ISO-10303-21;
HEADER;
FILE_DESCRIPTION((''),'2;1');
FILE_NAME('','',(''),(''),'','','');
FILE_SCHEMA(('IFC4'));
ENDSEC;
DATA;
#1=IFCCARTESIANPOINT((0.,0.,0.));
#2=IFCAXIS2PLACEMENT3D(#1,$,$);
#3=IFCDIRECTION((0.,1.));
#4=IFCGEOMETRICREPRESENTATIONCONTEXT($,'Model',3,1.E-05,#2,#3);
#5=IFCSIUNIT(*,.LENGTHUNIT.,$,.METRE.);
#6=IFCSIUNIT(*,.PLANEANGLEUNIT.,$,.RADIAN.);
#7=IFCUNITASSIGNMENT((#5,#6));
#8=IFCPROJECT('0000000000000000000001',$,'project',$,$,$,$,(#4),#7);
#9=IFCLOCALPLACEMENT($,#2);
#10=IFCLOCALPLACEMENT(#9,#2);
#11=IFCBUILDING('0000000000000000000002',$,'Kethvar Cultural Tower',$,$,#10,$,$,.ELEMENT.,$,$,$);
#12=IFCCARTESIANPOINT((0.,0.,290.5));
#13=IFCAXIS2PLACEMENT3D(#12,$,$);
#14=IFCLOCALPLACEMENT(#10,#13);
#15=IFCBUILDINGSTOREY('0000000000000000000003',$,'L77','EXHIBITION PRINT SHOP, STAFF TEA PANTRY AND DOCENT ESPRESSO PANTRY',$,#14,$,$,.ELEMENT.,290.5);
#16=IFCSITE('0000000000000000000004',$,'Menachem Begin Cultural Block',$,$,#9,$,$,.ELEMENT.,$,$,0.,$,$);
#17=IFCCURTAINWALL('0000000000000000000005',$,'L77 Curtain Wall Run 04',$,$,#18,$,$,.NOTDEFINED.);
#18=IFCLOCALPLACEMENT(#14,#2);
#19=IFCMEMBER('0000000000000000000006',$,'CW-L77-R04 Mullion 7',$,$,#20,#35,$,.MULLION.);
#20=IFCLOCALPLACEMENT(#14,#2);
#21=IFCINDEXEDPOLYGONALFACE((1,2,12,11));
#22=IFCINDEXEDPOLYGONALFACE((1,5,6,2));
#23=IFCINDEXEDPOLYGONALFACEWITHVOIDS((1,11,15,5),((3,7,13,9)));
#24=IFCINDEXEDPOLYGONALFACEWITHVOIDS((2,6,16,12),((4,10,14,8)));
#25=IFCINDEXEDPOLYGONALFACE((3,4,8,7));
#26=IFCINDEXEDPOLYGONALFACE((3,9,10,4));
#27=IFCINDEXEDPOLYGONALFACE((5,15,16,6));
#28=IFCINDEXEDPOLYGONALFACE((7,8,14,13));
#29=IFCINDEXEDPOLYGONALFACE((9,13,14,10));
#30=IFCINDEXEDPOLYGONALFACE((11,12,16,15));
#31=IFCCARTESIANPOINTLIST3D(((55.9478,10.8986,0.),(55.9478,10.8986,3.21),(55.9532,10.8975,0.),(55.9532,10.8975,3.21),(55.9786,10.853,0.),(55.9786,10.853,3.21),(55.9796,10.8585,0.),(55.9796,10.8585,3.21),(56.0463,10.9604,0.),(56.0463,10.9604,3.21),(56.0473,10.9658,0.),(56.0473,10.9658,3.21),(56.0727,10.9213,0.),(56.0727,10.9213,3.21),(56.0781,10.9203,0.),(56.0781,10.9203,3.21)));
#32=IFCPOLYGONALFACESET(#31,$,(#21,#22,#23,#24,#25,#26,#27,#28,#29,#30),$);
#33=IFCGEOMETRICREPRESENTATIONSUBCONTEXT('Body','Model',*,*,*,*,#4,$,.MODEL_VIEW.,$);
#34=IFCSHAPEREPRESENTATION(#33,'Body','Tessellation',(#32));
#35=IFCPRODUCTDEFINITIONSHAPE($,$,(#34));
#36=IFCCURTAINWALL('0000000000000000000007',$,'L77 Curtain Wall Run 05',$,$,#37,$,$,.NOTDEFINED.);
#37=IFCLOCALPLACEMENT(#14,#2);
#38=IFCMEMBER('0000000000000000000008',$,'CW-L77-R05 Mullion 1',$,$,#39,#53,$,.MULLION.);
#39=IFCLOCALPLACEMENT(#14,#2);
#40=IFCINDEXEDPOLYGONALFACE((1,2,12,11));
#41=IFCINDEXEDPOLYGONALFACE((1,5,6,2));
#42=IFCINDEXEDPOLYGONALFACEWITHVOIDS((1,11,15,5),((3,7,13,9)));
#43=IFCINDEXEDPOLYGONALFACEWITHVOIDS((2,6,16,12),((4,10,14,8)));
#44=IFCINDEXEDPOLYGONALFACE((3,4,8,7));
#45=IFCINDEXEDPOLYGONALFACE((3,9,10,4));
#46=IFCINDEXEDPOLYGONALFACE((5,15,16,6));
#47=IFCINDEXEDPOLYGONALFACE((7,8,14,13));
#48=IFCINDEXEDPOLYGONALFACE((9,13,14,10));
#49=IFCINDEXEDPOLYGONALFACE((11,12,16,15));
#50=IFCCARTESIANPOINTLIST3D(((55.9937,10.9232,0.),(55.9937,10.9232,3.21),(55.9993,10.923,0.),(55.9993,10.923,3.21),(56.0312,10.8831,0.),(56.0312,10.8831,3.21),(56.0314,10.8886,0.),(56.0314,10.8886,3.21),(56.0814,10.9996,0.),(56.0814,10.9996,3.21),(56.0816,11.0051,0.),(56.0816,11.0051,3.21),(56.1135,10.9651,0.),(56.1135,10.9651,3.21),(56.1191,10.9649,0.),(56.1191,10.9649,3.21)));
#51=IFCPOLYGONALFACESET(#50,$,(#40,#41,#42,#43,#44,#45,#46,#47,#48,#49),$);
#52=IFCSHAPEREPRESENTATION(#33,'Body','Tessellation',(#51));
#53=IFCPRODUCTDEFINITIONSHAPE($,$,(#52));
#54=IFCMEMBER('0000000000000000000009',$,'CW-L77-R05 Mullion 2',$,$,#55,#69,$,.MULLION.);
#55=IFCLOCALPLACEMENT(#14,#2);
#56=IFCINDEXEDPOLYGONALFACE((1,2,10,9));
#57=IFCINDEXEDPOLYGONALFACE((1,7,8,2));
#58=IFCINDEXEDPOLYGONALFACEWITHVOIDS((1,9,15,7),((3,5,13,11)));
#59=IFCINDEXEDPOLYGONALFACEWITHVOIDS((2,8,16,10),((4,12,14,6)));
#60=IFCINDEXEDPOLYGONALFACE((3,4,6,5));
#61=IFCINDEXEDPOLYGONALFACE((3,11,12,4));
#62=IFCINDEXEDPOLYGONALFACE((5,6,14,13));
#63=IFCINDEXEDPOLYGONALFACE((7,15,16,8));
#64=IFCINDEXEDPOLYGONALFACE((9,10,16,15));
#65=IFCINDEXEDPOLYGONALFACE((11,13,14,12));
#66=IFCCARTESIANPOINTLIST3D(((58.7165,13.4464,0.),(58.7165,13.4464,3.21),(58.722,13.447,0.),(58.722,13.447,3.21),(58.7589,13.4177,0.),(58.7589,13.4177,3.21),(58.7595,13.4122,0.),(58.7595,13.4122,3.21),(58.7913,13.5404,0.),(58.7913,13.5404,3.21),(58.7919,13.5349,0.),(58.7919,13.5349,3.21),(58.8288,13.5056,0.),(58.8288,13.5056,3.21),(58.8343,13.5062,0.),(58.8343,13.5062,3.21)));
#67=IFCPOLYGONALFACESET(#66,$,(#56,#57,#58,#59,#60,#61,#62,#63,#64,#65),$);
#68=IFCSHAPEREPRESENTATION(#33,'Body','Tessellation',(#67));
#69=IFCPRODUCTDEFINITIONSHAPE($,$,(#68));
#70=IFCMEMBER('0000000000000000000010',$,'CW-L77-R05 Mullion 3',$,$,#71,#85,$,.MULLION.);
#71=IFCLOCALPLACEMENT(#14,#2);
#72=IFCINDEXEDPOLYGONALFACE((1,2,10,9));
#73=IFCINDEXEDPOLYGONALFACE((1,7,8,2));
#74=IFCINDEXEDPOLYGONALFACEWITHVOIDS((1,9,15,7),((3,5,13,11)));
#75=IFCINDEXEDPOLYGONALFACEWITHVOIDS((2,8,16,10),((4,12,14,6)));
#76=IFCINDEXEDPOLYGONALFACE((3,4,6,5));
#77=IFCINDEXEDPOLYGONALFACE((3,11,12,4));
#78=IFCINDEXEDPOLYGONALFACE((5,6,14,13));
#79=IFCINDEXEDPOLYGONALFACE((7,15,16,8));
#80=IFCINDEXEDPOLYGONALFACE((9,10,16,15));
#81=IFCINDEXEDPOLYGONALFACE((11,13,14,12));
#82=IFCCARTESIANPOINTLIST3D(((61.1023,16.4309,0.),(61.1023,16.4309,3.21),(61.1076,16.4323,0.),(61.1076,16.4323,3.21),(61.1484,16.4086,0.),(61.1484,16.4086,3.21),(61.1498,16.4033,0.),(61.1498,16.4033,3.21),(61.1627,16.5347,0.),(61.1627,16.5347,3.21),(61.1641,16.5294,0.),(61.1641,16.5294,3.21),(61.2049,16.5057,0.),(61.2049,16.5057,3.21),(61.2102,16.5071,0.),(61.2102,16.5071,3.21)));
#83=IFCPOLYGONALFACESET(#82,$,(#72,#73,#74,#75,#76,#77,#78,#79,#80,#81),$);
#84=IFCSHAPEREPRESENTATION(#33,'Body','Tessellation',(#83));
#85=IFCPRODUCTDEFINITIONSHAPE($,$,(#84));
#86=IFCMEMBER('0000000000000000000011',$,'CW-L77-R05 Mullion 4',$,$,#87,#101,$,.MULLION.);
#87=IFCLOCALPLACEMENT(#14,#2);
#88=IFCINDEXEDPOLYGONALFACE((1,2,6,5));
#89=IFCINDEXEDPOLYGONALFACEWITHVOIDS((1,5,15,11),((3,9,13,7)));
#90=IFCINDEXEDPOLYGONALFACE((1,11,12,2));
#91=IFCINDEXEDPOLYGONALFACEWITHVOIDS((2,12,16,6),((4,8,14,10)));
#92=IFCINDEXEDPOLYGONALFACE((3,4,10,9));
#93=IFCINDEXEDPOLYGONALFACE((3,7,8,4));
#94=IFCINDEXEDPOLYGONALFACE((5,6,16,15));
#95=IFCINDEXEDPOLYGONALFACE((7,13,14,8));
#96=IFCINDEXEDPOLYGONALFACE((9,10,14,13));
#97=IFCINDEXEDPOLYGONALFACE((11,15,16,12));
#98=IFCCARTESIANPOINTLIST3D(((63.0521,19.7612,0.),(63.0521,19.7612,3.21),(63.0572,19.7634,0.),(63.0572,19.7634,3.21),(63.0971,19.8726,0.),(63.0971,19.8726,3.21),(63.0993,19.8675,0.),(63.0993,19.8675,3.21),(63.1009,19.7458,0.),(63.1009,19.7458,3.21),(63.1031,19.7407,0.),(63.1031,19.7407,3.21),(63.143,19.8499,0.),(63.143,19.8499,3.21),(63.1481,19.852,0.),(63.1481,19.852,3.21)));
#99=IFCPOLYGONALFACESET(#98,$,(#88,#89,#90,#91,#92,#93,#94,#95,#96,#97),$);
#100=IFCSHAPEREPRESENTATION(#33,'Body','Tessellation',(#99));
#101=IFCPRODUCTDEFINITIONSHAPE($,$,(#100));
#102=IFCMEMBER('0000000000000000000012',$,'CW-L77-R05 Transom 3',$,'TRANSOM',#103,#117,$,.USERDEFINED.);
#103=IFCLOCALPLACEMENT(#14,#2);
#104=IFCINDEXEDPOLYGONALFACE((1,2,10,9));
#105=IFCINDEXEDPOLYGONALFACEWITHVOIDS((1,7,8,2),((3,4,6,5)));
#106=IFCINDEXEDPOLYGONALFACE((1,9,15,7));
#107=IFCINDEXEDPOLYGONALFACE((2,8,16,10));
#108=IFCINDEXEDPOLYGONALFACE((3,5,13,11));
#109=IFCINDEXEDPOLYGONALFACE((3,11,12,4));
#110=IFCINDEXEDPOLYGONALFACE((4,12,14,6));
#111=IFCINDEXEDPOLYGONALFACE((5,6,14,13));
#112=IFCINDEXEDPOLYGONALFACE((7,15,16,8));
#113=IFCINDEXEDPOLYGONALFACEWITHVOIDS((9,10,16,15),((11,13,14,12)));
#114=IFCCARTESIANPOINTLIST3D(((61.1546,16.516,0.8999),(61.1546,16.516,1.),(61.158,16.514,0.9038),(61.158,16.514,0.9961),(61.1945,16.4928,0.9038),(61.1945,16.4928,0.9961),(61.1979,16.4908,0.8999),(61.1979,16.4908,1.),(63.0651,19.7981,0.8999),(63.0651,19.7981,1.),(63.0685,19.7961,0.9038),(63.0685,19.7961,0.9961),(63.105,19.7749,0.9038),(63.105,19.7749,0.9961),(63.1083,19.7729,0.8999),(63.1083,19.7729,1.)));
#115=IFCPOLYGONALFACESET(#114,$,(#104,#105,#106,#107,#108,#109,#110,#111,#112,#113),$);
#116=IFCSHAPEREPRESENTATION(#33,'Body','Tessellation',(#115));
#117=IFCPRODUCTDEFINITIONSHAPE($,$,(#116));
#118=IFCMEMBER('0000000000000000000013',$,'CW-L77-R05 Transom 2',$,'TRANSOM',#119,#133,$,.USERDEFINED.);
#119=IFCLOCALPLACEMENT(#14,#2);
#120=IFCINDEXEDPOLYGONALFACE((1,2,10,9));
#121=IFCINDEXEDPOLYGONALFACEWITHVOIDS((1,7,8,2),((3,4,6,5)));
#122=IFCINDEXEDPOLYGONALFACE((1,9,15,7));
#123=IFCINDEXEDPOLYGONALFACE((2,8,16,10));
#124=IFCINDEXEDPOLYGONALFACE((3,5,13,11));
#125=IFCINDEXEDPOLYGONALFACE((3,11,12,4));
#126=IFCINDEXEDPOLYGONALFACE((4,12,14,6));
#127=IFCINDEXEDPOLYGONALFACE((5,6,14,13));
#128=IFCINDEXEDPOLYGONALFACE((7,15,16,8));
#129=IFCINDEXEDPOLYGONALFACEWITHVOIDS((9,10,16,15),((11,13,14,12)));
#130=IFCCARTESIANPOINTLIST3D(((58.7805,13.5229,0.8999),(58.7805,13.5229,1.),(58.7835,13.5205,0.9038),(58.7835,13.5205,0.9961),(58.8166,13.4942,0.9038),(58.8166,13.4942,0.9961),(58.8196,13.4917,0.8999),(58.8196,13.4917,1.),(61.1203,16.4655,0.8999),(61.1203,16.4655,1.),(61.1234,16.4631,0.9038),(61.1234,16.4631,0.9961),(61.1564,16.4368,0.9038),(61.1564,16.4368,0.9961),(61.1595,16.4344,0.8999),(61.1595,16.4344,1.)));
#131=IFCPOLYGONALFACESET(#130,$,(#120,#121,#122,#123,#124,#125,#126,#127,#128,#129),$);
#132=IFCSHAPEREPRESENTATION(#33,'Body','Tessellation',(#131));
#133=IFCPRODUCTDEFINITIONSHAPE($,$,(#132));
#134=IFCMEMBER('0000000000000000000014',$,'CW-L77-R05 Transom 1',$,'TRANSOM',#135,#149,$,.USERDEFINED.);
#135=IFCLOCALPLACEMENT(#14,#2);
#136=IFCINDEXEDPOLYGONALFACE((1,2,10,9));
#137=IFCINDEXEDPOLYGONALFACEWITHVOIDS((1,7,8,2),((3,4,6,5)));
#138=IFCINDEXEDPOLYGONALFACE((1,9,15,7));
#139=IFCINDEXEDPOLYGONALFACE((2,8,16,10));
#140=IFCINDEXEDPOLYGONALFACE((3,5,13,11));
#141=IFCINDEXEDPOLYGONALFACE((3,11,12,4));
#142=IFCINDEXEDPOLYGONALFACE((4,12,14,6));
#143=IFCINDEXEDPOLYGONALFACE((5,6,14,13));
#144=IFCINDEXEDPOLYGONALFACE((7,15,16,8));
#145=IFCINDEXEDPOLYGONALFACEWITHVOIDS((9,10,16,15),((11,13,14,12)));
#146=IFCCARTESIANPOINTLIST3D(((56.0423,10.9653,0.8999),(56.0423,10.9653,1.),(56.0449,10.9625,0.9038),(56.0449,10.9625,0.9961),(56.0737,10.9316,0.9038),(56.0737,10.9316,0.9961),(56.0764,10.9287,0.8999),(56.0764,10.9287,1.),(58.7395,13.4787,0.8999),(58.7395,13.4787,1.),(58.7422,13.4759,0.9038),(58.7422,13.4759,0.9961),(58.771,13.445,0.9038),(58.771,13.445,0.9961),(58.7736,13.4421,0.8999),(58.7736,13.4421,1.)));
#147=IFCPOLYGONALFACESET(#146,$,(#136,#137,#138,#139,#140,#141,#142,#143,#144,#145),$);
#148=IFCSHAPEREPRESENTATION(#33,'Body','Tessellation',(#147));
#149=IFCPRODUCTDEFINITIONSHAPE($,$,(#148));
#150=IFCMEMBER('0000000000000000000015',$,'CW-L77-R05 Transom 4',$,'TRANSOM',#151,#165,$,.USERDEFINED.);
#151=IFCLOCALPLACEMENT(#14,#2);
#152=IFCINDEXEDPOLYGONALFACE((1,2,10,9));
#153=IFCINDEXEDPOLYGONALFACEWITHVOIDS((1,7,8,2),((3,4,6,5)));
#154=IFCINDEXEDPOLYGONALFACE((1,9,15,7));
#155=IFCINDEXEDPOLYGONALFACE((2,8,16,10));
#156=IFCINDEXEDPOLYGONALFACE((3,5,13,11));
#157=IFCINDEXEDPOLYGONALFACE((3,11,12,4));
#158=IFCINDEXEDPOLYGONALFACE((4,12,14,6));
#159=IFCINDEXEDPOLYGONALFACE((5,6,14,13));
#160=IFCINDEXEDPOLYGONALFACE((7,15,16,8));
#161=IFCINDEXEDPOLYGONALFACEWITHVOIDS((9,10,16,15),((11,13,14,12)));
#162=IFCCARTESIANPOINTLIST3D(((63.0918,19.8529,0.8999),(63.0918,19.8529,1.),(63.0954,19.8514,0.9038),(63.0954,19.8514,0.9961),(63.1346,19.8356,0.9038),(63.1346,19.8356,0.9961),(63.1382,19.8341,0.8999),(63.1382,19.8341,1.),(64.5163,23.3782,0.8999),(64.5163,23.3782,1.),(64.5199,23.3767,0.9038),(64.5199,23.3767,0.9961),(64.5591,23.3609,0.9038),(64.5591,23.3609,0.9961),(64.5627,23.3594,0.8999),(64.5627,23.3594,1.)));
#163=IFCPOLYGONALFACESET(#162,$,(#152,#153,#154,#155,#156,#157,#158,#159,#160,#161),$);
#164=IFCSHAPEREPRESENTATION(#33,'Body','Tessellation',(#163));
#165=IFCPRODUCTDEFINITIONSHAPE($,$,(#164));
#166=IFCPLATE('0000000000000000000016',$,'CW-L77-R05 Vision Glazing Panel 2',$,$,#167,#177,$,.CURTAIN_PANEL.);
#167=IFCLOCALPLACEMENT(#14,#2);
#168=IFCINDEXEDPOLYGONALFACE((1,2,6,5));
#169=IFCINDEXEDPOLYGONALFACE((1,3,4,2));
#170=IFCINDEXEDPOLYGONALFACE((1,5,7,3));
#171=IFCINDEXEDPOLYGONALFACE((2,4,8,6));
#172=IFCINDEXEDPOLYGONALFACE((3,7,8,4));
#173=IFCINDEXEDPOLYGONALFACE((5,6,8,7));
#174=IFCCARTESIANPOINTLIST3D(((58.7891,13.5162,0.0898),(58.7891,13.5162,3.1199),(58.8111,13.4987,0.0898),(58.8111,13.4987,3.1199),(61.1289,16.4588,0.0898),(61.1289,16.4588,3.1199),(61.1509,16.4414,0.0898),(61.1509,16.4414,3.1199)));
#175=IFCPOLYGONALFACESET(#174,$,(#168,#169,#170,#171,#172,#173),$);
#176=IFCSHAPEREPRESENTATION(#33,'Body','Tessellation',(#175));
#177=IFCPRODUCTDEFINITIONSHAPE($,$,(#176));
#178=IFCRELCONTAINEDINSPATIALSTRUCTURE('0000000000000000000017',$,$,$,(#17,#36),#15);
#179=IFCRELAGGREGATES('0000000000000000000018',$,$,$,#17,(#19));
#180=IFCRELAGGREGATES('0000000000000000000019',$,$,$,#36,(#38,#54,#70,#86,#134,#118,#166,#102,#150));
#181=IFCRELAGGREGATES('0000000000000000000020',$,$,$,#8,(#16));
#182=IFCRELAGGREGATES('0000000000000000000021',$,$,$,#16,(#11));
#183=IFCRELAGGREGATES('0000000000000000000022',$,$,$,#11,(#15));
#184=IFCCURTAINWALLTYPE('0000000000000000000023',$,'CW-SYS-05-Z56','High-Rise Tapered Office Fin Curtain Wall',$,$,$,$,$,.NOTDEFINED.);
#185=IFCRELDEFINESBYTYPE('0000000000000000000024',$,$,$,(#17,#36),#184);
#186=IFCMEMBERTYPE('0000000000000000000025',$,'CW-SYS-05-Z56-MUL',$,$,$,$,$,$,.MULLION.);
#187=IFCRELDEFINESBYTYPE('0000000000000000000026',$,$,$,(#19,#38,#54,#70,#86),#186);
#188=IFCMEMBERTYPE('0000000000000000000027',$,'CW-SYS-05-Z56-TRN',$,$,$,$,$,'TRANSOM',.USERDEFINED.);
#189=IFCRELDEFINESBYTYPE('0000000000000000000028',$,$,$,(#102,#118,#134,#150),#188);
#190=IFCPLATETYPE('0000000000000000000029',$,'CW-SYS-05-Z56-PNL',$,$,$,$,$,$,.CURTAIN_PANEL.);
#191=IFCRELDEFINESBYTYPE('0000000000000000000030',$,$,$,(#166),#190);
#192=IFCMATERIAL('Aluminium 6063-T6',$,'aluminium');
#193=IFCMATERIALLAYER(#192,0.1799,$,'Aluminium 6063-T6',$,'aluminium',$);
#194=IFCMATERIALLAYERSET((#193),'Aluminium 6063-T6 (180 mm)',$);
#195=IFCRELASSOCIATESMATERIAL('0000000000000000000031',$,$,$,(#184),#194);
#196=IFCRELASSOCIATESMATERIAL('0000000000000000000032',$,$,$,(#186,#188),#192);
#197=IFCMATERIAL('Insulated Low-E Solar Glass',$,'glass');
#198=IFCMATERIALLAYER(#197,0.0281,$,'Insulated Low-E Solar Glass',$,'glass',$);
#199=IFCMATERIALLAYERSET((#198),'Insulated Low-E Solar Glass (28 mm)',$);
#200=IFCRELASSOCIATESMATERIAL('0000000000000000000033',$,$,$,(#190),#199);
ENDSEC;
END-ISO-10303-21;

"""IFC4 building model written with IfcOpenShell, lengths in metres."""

from ifc_helpers import new_model, si_unit, direction, frame, origin, origin_2d, place, context, subcontext, project, spatial, rectangle, hollow_rectangle, extrude, source, transform, mapped, material, layer, layer_set, material_profile, profile_set, type_object, element, aggregate, save


model = new_model("IFC4")

# Units and contexts
model_context = context("Model", 3, precision=1e-05, world=origin(), true_north=direction((0.0, 1.0)))
body_context = subcontext(model_context, "Body", "Model", "MODEL_VIEW")
ifc_project = project(units=[si_unit("LENGTHUNIT", "METRE"), si_unit("PLANEANGLEUNIT", "RADIAN")], contexts=[model_context])

# Site, building, storey
site_placement = place(None, origin())
site = spatial("IfcSite", under=ifc_project, at=site_placement, Name="Menachem Begin Cultural Block", CompositionType="ELEMENT", RefElevation=0.0)
building_placement = place(site_placement, origin())
building = spatial("IfcBuilding", under=site, at=building_placement, Name="Kethvar Cultural Tower", CompositionType="ELEMENT")
storey_placement = place(building_placement, frame((0.0, 0.0, 290.5)))
storey = spatial("IfcBuildingStorey", under=building, at=storey_placement, Name="L77", Description="EXHIBITION PRINT SHOP, STAFF TEA PANTRY AND DOCENT ESPRESSO PANTRY", CompositionType="ELEMENT", Elevation=290.5)

# Curtain wall, member
ifc_material_1 = material(Name="Aluminium 6063-T6", Category="aluminium")
ifc_layer_1 = layer(ifc_material_1, 0.1799, Name="Aluminium 6063-T6", Category="aluminium")
ifc_layer_set_1 = layer_set([ifc_layer_1], Name="Aluminium 6063-T6 (180 mm)")
curtain_wall_type = type_object("IfcCurtainWallType", Name="CW-SYS-05-Z56", Description="High-Rise Tapered Office Fin Curtain Wall", PredefinedType="NOTDEFINED", material=ifc_layer_set_1)
curtain_wall_1_placement = place(storey_placement, origin())
curtain_wall_1 = element("IfcCurtainWall", 1, at=curtain_wall_1_placement, inside=storey, type_object=curtain_wall_type, Name="L77 Curtain Wall Run 04", PredefinedType="NOTDEFINED")
ifc_material_profile_1 = material_profile(ifc_material_1, hollow_rectangle(XDim=0.0549, YDim=0.1201, WallThickness=0.0039, at=origin_2d()), Name="Aluminium 6063-T6 — RHS120x55x4")
ifc_profile_set_1 = profile_set([ifc_material_profile_1], Name="Aluminium 6063-T6 — RHS120x55x4")
member_type_1 = type_object("IfcMemberType", Name="CW-SYS-05-Z56-MUL", PredefinedType="MULLION", material=ifc_profile_set_1)
shared_shape_1 = source(origin(), body_context, "Body", "SweptSolid", [
    extrude(hollow_rectangle(XDim=0.0549, YDim=0.1201, WallThickness=0.0039, at=origin_2d()), origin(), (0.0, 0.0, 1.0), 3.21),
])
member_1_placement = place(storey_placement, frame((56.0129, 10.9094, 0.0), z_axis=(0.0, 0.0, 1.0), x_axis=(-0.559829, 0.828608, 0.0)))
member_1 = element("IfcMember", 2, at=member_1_placement, type_object=member_type_1, Name="CW-L77-R04 Mullion 7", PredefinedType="MULLION", context=body_context, shape_type="MappedRepresentation", body=[
    mapped(shared_shape_1, transform((0.0, 0.0, 0.0), scale=1.0)),
])
aggregate(curtain_wall_1, [member_1])

# Curtain wall, members, plate
curtain_wall_2_placement = place(storey_placement, origin())
curtain_wall_2 = element("IfcCurtainWall", 3, at=curtain_wall_2_placement, inside=storey, type_object=curtain_wall_type, Name="L77 Curtain Wall Run 05", PredefinedType="NOTDEFINED")
member_2_placement = place(storey_placement, frame((56.0564, 10.9441, 0.0), z_axis=(0.0, 0.0, 1.0), x_axis=(-0.681743, 0.731592, 0.0)))
member_2 = element("IfcMember", 4, at=member_2_placement, type_object=member_type_1, Name="CW-L77-R05 Mullion 1", PredefinedType="MULLION", context=body_context, shape_type="MappedRepresentation", body=[
    mapped(shared_shape_1, transform((0.0, 0.0, 0.0), scale=1.0)),
])
member_3_placement = place(storey_placement, frame((58.7754, 13.4763, 0.0), z_axis=(0.0, 0.0, 1.0), x_axis=(-0.782728, 0.622364, 0.0)))
member_3 = element("IfcMember", 5, at=member_3_placement, type_object=member_type_1, Name="CW-L77-R05 Mullion 2", PredefinedType="MULLION", context=body_context, shape_type="MappedRepresentation", body=[
    mapped(shared_shape_1, transform((0.0, 0.0, 0.0), scale=1.0)),
])
member_4_placement = place(storey_placement, frame((61.1562, 16.469, 0.0), z_axis=(0.0, 0.0, 1.0), x_axis=(-0.864248, 0.503065, 0.0)))
member_4 = element("IfcMember", 6, at=member_4_placement, type_object=member_type_1, Name="CW-L77-R05 Mullion 3", PredefinedType="MULLION", context=body_context, shape_type="MappedRepresentation", body=[
    mapped(shared_shape_1, transform((0.0, 0.0, 0.0), scale=1.0)),
])
member_5_placement = place(storey_placement, frame((63.1001, 19.8066, 0.0), z_axis=(0.0, 0.0, 1.0), x_axis=(-0.927164, 0.374655, 0.0)))
member_5 = element("IfcMember", 7, at=member_5_placement, type_object=member_type_1, Name="CW-L77-R05 Mullion 4", PredefinedType="MULLION", context=body_context, shape_type="MappedRepresentation", body=[
    mapped(shared_shape_1, transform((0.0, 0.0, 0.0), scale=1.0)),
])
ifc_material_profile_2 = material_profile(ifc_material_1, hollow_rectangle(XDim=0.05, YDim=0.1001, WallThickness=0.0039, at=origin_2d()), Name="Aluminium 6063-T6 — RHS100x50x4")
ifc_profile_set_2 = profile_set([ifc_material_profile_2], Name="Aluminium 6063-T6 — RHS100x50x4")
member_type_2 = type_object("IfcMemberType", Name="CW-SYS-05-Z56-TRN", ElementType="TRANSOM", PredefinedType="USERDEFINED", material=ifc_profile_set_2)
shared_shape_2 = source(origin(), body_context, "Body", "SweptSolid", [
    extrude(hollow_rectangle(XDim=0.05, YDim=0.1001, WallThickness=0.0039, at=origin_2d()), origin(), (0.0, 0.0, 1.0), 3.7976),
])
member_6_placement = place(storey_placement, frame((61.1763, 16.5034, 0.95), z_axis=(0.503067, 0.864247, 0.0), x_axis=(-0.864247, 0.503067, 0.0)))
member_6 = element("IfcMember", 8, at=member_6_placement, type_object=member_type_2, Name="CW-L77-R05 Transom 3", ObjectType="TRANSOM", PredefinedType="USERDEFINED", context=body_context, shape_type="MappedRepresentation", body=[
    mapped(shared_shape_2, transform((0.0, 0.0, 0.0), scale=1.0)),
])
shared_shape_3 = source(origin(), body_context, "Body", "SweptSolid", [
    extrude(hollow_rectangle(XDim=0.05, YDim=0.1001, WallThickness=0.0039, at=origin_2d()), origin(), (0.0, 0.0, 1.0), 3.7595),
])
member_7_placement = place(storey_placement, frame((58.8, 13.5073, 0.95), z_axis=(0.62238, 0.782715, 0.0), x_axis=(-0.782715, 0.62238, 0.0)))
member_7 = element("IfcMember", 9, at=member_7_placement, type_object=member_type_2, Name="CW-L77-R05 Transom 2", ObjectType="TRANSOM", PredefinedType="USERDEFINED", context=body_context, shape_type="MappedRepresentation", body=[
    mapped(shared_shape_3, transform((0.0, 0.0, 0.0), scale=1.0)),
])
shared_shape_4 = source(origin(), body_context, "Body", "SweptSolid", [
    extrude(hollow_rectangle(XDim=0.05, YDim=0.1001, WallThickness=0.0039, at=origin_2d()), origin(), (0.0, 0.0, 1.0), 3.6868),
])
member_8_placement = place(storey_placement, frame((56.0593, 10.947, 0.95), z_axis=(0.731599, 0.681735, 0.0), x_axis=(-0.681735, 0.731599, 0.0)))
member_8 = element("IfcMember", 10, at=member_8_placement, type_object=member_type_2, Name="CW-L77-R05 Transom 1", ObjectType="TRANSOM", PredefinedType="USERDEFINED", context=body_context, shape_type="MappedRepresentation", body=[
    mapped(shared_shape_4, transform((0.0, 0.0, 0.0), scale=1.0)),
])
shared_shape_5 = source(origin(), body_context, "Body", "SweptSolid", [
    extrude(hollow_rectangle(XDim=0.05, YDim=0.1001, WallThickness=0.0039, at=origin_2d()), origin(), (0.0, 0.0, 1.0), 3.8022),
])
member_9_placement = place(storey_placement, frame((63.115, 19.8435, 0.95), z_axis=(0.374654, 0.927165, 0.0), x_axis=(-0.927165, 0.374654, 0.0)))
member_9 = element("IfcMember", 11, at=member_9_placement, type_object=member_type_2, Name="CW-L77-R05 Transom 4", ObjectType="TRANSOM", PredefinedType="USERDEFINED", context=body_context, shape_type="MappedRepresentation", body=[
    mapped(shared_shape_5, transform((0.0, 0.0, 0.0), scale=1.0)),
])
ifc_material_2 = material(Name="Insulated Low-E Solar Glass", Category="glass")
ifc_layer_2 = layer(ifc_material_2, 0.0281, Name="Insulated Low-E Solar Glass", Category="glass")
ifc_layer_set_2 = layer_set([ifc_layer_2], Name="Insulated Low-E Solar Glass (28 mm)")
plate_type = type_object("IfcPlateType", Name="CW-SYS-05-Z56-PNL", PredefinedType="CURTAIN_PANEL", material=ifc_layer_set_2)
shared_shape_6 = source(origin(), body_context, "Body", "SweptSolid", [
    extrude(rectangle(XDim=3.7595, YDim=0.0281, at=origin_2d()), origin(), (0.0, 0.0, 1.0), 3.03),
])
plate_1_placement = place(storey_placement, frame((59.97, 14.9788, 0.0898), z_axis=(0.0, 0.0, 1.0), x_axis=(0.622364, 0.782728, 0.0)))
plate_1 = element("IfcPlate", 12, at=plate_1_placement, type_object=plate_type, Name="CW-L77-R05 Vision Glazing Panel 2", PredefinedType="CURTAIN_PANEL", context=body_context, shape_type="MappedRepresentation", body=[
    mapped(shared_shape_6, transform((0.0, 0.0, 0.0), scale=1.0)),
])
aggregate(curtain_wall_2, [member_2, member_3, member_4, member_5, member_8, member_7, plate_1, member_6, member_9])

save(model, "model.ifc")
